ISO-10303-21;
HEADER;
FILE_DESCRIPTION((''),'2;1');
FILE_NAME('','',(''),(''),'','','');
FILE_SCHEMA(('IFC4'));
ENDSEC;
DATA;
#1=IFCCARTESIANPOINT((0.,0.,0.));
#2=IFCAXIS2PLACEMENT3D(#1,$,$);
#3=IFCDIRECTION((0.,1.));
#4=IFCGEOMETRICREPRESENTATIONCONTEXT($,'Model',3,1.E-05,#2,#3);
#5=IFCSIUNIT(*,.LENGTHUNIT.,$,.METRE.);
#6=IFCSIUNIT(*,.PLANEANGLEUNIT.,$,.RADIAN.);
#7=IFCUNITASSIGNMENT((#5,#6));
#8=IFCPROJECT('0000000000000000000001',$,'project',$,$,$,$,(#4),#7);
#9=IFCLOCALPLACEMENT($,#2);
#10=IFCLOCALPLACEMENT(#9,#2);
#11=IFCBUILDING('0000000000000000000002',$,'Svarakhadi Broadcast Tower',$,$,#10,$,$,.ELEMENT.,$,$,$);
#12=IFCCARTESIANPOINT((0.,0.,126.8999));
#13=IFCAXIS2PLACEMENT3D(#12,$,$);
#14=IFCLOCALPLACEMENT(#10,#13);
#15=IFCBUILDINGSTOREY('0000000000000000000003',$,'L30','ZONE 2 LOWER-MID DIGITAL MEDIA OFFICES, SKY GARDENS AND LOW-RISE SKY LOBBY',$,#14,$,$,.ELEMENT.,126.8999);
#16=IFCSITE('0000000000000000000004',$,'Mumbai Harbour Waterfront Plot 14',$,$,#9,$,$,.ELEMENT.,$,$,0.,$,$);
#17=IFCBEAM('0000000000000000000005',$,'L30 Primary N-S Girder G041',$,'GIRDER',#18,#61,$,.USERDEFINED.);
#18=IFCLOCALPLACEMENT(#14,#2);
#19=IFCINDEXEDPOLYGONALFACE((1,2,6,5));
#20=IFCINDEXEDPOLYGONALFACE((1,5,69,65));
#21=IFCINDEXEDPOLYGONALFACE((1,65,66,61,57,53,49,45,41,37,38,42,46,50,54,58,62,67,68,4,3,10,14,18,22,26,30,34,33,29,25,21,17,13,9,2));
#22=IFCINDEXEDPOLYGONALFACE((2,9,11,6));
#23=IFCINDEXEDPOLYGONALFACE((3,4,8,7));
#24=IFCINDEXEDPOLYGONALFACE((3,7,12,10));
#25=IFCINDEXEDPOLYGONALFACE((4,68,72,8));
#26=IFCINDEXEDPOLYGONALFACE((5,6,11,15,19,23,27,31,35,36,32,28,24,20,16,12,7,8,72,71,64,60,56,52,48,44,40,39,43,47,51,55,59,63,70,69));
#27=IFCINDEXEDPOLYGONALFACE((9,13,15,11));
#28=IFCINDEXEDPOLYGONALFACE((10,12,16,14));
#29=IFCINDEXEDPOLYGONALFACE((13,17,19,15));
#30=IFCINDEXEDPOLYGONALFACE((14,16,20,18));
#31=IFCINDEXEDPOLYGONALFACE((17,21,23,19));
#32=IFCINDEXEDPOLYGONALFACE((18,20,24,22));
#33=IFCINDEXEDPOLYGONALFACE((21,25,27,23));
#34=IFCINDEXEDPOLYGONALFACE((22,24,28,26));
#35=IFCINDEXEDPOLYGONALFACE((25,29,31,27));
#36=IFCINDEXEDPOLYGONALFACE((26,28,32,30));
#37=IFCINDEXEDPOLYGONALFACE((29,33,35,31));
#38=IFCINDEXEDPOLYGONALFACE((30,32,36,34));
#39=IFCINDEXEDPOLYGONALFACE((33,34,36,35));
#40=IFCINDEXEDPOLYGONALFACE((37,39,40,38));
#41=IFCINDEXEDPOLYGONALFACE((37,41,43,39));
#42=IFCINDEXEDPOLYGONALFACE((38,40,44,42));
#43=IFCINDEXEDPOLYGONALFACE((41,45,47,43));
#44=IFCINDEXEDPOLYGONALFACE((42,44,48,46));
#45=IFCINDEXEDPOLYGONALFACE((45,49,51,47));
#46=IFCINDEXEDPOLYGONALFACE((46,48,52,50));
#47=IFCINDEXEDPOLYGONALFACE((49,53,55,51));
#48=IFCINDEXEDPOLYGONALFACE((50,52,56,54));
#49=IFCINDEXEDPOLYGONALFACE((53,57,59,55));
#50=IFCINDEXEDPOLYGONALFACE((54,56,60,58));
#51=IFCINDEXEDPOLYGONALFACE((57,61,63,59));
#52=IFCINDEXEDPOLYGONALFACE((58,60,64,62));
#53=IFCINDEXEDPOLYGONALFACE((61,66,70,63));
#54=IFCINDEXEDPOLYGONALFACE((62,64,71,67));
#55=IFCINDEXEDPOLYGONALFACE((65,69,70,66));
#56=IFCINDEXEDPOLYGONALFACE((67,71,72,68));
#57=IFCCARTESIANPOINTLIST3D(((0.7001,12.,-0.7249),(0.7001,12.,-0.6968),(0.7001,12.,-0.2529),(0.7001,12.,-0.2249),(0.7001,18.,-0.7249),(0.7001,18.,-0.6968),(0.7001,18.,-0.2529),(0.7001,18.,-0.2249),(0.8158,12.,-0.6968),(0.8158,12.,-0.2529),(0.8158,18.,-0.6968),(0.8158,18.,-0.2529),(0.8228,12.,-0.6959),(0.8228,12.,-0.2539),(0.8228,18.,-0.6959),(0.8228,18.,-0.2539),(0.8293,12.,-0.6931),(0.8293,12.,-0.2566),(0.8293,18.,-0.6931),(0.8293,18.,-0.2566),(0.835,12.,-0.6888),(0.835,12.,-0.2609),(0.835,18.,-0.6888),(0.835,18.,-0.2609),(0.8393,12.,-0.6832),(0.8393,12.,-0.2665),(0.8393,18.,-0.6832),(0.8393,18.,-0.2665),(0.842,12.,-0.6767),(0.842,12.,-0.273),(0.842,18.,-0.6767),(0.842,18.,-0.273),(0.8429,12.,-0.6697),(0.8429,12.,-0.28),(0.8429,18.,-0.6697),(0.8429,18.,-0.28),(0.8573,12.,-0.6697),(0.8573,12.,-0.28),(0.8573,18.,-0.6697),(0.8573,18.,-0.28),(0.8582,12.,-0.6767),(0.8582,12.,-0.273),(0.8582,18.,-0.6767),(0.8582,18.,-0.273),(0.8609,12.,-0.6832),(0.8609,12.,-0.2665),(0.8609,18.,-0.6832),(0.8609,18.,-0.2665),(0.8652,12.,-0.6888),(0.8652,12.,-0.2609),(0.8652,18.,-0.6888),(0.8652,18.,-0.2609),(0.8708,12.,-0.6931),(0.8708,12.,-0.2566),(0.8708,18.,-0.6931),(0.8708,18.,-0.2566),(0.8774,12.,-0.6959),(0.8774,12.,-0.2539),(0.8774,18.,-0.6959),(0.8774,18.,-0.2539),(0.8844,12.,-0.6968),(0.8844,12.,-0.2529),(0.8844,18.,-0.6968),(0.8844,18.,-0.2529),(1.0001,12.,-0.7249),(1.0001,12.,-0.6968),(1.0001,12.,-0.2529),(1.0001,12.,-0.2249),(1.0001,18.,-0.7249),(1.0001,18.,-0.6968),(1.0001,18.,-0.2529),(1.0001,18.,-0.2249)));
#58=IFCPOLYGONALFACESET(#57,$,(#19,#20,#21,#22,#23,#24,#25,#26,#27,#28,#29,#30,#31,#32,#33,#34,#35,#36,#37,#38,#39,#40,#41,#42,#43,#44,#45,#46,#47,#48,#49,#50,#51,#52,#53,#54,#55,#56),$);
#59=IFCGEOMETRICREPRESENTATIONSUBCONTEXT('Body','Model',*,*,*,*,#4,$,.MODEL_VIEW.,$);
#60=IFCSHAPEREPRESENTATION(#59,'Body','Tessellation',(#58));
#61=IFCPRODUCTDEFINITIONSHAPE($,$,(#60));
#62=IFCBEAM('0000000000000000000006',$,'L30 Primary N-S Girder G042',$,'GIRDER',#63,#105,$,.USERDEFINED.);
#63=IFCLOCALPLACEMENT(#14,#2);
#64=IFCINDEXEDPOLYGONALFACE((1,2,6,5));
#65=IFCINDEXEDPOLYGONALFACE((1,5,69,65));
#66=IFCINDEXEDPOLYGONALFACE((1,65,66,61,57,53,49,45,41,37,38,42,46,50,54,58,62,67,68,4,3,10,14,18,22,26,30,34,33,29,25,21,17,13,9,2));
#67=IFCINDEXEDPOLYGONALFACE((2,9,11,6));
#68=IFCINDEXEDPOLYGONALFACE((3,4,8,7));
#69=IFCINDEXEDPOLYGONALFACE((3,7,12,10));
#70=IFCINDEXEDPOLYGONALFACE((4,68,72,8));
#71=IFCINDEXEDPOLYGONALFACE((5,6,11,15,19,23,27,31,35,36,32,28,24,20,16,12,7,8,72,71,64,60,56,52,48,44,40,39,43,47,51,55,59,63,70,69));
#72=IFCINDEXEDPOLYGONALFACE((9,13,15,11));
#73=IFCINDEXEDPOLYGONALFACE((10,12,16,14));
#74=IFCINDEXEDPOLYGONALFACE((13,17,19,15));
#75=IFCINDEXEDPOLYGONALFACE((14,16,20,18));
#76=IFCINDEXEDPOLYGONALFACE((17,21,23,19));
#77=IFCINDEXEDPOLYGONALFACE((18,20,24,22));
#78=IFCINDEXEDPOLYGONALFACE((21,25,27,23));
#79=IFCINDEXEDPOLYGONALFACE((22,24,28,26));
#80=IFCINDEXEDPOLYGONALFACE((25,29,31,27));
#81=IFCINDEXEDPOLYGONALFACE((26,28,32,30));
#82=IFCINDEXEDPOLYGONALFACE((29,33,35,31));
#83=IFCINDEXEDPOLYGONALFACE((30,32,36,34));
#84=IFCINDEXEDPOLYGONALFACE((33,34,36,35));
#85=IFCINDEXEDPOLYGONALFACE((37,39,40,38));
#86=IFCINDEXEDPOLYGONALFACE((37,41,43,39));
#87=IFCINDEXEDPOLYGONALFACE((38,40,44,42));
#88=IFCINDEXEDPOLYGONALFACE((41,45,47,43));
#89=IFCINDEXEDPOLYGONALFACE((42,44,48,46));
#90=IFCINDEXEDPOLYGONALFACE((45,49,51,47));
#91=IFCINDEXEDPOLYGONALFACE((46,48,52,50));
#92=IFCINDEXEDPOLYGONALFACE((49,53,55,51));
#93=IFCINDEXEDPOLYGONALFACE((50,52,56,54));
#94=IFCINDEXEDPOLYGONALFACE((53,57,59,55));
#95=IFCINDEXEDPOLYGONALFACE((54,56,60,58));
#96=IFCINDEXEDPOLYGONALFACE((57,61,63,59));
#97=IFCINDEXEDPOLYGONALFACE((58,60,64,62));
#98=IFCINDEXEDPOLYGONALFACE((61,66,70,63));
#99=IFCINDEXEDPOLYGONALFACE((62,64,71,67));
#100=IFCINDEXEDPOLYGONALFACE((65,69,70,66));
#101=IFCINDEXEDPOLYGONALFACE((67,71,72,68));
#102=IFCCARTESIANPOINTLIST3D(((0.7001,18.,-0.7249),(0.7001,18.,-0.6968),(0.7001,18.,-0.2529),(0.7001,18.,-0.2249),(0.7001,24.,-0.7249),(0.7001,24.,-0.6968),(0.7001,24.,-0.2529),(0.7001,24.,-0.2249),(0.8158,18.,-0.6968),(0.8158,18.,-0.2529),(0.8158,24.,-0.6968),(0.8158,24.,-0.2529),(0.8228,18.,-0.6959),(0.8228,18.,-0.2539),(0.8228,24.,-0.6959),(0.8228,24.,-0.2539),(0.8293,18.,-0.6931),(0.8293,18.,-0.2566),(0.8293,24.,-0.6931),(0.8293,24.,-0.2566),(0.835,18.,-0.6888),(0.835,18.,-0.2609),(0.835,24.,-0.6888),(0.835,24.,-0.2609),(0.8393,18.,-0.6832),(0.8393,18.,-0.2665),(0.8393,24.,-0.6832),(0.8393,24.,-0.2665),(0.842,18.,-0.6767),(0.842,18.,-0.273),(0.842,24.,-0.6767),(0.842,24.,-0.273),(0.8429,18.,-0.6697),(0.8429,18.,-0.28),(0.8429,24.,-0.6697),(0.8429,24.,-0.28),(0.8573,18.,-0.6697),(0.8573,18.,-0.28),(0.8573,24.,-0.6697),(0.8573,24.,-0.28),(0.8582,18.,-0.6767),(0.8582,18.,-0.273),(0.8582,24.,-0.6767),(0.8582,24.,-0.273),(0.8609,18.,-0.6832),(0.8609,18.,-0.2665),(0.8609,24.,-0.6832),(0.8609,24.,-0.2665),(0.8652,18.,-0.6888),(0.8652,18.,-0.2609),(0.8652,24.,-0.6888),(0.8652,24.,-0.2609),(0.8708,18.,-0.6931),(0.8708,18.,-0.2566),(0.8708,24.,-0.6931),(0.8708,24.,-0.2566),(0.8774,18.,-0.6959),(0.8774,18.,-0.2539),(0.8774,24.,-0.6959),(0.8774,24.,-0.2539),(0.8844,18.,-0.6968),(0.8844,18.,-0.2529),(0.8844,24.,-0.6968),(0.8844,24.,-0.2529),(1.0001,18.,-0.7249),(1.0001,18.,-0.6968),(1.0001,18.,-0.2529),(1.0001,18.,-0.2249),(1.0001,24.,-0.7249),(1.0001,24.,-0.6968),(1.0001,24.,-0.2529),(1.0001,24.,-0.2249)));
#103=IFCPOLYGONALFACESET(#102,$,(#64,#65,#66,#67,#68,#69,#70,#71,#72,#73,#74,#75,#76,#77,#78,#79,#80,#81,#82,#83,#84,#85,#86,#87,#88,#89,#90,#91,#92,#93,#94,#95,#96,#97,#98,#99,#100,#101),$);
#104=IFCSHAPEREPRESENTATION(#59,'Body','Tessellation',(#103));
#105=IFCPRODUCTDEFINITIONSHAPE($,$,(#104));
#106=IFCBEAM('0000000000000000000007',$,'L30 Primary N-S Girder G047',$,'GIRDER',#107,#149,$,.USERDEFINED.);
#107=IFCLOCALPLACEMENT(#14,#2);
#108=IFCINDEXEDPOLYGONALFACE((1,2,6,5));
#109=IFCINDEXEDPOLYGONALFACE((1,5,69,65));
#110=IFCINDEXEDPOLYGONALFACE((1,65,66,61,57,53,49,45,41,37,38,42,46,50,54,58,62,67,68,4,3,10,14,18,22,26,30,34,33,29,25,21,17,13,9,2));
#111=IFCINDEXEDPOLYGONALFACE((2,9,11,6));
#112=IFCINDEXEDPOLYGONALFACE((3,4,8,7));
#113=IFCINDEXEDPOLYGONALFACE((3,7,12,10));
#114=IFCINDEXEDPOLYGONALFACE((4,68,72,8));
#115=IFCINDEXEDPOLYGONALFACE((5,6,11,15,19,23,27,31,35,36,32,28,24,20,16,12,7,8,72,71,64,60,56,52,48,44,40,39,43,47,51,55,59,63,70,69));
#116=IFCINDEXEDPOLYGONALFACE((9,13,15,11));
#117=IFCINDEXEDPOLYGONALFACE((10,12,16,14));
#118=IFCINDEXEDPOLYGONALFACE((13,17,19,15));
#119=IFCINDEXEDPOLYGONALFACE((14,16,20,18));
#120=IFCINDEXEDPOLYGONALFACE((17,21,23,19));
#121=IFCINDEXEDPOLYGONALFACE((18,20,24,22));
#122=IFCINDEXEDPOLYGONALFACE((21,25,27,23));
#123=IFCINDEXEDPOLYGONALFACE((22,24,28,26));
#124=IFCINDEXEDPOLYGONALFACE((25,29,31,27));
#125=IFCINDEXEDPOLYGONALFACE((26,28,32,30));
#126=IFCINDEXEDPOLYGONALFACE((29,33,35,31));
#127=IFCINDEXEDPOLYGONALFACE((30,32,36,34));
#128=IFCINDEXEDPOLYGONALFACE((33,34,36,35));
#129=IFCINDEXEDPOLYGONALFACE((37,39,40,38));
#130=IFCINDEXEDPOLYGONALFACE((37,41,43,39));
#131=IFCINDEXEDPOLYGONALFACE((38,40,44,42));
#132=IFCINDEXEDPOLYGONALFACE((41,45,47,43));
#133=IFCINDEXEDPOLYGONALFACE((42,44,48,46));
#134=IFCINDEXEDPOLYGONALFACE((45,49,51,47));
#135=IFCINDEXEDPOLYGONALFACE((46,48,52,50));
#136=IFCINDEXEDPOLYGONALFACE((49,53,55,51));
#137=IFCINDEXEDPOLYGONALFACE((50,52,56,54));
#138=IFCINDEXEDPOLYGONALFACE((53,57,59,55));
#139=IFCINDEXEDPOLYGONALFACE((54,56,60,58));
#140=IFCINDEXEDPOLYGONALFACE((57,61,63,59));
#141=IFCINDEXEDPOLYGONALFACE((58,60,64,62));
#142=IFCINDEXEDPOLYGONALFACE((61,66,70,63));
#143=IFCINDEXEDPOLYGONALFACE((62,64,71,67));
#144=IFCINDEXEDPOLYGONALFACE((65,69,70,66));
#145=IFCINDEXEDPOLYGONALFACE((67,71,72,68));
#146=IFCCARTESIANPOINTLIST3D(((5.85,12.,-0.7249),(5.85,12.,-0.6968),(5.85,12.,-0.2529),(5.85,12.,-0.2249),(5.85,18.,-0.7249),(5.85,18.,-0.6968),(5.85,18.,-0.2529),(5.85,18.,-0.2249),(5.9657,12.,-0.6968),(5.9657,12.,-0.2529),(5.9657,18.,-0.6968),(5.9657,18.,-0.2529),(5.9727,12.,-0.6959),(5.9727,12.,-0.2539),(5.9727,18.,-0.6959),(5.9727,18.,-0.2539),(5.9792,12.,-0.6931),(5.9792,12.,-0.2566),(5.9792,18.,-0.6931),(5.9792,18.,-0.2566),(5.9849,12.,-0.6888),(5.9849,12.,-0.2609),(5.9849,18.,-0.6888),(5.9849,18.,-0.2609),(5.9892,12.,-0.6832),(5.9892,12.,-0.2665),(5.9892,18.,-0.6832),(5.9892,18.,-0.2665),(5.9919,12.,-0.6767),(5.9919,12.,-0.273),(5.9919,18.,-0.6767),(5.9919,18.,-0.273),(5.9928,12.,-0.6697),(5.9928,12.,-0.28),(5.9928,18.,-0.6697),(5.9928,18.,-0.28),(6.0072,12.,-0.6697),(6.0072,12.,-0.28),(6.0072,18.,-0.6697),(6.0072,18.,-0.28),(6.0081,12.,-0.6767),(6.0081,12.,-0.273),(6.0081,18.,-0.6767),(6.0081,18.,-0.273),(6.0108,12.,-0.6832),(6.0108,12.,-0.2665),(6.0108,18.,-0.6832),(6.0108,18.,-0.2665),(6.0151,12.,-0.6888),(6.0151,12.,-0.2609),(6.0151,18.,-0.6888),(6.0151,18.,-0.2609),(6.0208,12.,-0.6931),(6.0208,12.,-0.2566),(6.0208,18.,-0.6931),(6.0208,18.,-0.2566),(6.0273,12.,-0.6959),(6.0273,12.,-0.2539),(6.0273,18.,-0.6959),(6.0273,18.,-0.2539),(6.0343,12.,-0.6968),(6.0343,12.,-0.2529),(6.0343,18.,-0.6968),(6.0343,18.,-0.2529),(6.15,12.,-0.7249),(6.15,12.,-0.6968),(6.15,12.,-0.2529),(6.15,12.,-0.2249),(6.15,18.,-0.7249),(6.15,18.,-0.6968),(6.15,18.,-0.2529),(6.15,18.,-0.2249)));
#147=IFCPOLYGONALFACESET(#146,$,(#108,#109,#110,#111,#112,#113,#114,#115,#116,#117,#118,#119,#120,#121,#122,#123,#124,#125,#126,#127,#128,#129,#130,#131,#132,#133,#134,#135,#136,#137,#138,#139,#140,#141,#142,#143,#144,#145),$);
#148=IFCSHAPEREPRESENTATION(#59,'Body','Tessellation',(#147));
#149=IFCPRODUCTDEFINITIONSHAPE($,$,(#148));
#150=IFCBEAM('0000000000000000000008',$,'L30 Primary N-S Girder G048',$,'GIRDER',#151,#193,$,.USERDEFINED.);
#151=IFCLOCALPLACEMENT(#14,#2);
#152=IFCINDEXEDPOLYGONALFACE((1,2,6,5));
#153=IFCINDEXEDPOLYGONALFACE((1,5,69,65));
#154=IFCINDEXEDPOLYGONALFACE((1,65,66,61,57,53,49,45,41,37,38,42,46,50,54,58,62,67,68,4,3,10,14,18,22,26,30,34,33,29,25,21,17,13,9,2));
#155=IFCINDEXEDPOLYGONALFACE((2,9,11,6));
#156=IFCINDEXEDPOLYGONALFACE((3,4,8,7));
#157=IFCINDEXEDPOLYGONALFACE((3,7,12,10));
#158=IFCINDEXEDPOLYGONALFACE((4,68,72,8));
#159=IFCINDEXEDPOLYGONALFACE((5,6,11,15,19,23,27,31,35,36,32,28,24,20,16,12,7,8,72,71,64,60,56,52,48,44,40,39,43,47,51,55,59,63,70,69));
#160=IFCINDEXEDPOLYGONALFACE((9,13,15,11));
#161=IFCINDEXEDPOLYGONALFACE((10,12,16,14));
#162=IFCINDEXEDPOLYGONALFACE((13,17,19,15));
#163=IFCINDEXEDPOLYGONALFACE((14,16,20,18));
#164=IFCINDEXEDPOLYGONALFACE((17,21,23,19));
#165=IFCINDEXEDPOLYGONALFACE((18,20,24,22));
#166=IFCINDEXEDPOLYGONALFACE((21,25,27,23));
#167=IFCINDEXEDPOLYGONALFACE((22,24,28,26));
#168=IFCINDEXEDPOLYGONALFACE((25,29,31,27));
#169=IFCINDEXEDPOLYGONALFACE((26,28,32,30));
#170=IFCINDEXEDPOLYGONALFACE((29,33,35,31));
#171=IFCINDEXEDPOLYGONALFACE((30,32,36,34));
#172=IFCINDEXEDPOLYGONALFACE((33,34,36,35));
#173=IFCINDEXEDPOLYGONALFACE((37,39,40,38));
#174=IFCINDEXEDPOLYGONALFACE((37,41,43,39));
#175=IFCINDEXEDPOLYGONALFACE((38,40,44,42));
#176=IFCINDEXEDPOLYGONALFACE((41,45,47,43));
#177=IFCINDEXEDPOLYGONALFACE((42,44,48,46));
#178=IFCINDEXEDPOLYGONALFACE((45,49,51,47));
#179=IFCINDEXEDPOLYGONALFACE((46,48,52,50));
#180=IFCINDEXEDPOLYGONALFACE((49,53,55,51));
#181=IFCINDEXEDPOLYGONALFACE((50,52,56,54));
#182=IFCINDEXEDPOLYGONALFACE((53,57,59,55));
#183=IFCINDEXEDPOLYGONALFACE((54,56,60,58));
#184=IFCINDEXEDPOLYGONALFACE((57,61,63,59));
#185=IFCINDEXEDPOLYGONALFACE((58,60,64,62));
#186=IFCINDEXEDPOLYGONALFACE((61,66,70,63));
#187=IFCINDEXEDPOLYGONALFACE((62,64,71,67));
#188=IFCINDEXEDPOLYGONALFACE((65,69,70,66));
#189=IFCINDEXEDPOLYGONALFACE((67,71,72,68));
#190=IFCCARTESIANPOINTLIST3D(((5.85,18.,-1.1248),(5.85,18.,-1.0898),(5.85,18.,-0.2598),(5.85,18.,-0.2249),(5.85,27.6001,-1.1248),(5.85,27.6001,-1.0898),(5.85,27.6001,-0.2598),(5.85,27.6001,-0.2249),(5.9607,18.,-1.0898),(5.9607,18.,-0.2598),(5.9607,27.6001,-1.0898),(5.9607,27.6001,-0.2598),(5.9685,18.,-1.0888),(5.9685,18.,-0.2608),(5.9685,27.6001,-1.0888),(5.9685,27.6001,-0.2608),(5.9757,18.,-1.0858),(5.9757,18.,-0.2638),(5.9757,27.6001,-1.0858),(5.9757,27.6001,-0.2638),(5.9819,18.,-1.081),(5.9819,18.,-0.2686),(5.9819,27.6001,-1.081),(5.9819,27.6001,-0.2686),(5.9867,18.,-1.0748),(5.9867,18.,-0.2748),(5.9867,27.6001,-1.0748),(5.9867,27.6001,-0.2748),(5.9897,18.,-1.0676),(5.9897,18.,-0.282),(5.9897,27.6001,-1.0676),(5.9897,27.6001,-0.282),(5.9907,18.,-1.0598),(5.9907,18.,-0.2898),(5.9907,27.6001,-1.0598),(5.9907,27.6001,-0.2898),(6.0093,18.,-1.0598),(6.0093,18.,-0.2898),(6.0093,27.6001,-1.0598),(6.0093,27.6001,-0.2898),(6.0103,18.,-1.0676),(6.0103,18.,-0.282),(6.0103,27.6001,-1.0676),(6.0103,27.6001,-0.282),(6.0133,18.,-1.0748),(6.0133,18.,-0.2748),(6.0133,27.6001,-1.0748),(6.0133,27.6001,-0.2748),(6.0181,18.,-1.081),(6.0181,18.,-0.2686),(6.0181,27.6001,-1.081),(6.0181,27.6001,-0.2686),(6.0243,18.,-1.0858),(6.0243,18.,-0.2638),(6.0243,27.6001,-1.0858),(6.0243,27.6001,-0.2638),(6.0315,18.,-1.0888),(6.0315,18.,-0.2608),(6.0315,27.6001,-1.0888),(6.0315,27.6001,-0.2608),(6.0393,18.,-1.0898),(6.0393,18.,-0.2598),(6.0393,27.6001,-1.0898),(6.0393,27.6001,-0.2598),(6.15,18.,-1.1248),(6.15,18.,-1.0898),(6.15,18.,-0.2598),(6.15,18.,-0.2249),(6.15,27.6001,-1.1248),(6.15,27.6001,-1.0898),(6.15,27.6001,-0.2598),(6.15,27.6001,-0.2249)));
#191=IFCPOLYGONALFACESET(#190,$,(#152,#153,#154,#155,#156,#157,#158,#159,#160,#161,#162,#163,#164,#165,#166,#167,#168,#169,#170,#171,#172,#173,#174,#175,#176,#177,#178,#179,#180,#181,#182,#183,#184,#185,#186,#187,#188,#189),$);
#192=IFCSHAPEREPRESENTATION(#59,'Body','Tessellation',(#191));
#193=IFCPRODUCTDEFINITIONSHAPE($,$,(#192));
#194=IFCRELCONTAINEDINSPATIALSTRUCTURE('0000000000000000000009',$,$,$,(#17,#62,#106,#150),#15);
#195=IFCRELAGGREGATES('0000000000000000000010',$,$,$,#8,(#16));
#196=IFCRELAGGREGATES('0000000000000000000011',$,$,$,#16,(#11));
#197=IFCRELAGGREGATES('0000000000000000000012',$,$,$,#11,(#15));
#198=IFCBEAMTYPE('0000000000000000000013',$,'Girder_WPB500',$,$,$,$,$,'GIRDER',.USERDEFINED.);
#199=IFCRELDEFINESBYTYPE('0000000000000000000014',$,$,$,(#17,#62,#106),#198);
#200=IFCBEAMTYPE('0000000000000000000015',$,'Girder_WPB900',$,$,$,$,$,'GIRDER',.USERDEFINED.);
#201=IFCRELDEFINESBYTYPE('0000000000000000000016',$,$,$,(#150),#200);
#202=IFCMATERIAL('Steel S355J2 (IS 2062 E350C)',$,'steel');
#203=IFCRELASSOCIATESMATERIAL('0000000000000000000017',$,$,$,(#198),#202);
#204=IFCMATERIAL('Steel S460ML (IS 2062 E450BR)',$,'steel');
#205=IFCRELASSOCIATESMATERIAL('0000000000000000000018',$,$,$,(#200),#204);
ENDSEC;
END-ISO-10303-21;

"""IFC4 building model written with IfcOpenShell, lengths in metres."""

from ifc_helpers import new_model, si_unit, direction, frame, origin, origin_2d, place, context, subcontext, project, spatial, i_section, extrude, material, material_profile, profile_set, type_object, element, save


model = new_model("IFC4")

# Units and contexts
model_context = context("Model", 3, precision=1e-05, world=origin(), true_north=direction((0.0, 1.0)))
body_context = subcontext(model_context, "Body", "Model", "MODEL_VIEW")
ifc_project = project(units=[si_unit("LENGTHUNIT", "METRE"), si_unit("PLANEANGLEUNIT", "RADIAN")], contexts=[model_context])

# Site, building, storey
site_placement = place(None, origin())
site = spatial("IfcSite", under=ifc_project, at=site_placement, Name="Mumbai Harbour Waterfront Plot 14", CompositionType="ELEMENT", RefElevation=0.0)
building_placement = place(site_placement, origin())
building = spatial("IfcBuilding", under=site, at=building_placement, Name="Svarakhadi Broadcast Tower", CompositionType="ELEMENT")
storey_placement = place(building_placement, frame((0.0, 0.0, 126.8999)))
storey = spatial("IfcBuildingStorey", under=building, at=storey_placement, Name="L30", Description="ZONE 2 LOWER-MID DIGITAL MEDIA OFFICES, SKY GARDENS AND LOW-RISE SKY LOBBY", CompositionType="ELEMENT", Elevation=126.8999)

# Shared definitions
ifc_material_1 = material(Name="Steel S460ML (IS 2062 E450BR)", Category="steel")

# Shared definitions
ifc_material_2 = material(Name="Steel S355J2 (IS 2062 E350C)", Category="steel")

# Beams
ifc_material_profile_1 = material_profile(ifc_material_2, i_section(OverallWidth=0.3, OverallDepth=0.5, WebThickness=0.0144, FlangeThickness=0.0281, FilletRadius=0.0271, at=origin_2d()), Name="WPB 500x300x187")
ifc_profile_set_1 = profile_set([ifc_material_profile_1], Name="Steel S355J2 (IS 2062 E350C)")
beam_type_1 = type_object("IfcBeamType", Name="Girder_WPB500", ElementType="GIRDER", PredefinedType="USERDEFINED", material=ifc_profile_set_1)
for number, where, z_axis, x_axis, name in (
    (1, (0.8501, 12.0, -0.4749), (0.0, 1.0, 0.0), (-1.0, 0.0, 0.0), "L30 Primary N-S Girder G041"),
    (2, (0.8501, 18.0, -0.4749), (0.0, 1.0, 0.0), (-1.0, 0.0, 0.0), "L30 Primary N-S Girder G042"),
    (3, (6.0, 12.0, -0.4749), (0.0, 1.0, 0.0), (-1.0, 0.0, 0.0), "L30 Primary N-S Girder G047"),
):
    element("IfcBeam", number, at=place(storey_placement, frame(where, z_axis=z_axis, x_axis=x_axis)), inside=storey, type_object=beam_type_1, Name=name, ObjectType="GIRDER", PredefinedType="USERDEFINED", context=body_context, shape_type="SweptSolid", body=[
        extrude(i_section(OverallWidth=0.3, OverallDepth=0.5, WebThickness=0.0144, FlangeThickness=0.0281, FilletRadius=0.0271, at=origin_2d()), origin(), (0.0, 0.0, 1.0), 6.0),
    ])
ifc_material_profile_2 = material_profile(ifc_material_1, i_section(OverallWidth=0.3, OverallDepth=0.8999, WebThickness=0.0186, FlangeThickness=0.0349, FilletRadius=0.03, at=origin_2d()), Name="WPB 900x300x291")
ifc_profile_set_2 = profile_set([ifc_material_profile_2], Name="Steel S460ML (IS 2062 E450BR)")
beam_type_2 = type_object("IfcBeamType", Name="Girder_WPB900", ElementType="GIRDER", PredefinedType="USERDEFINED", material=ifc_profile_set_2)
beam_1_placement = place(storey_placement, frame((6.0, 18.0, -0.6748), z_axis=(0.0, 1.0, 0.0), x_axis=(-1.0, 0.0, 0.0)))
element("IfcBeam", 4, at=beam_1_placement, inside=storey, type_object=beam_type_2, Name="L30 Primary N-S Girder G048", ObjectType="GIRDER", PredefinedType="USERDEFINED", context=body_context, shape_type="SweptSolid", body=[
    extrude(i_section(OverallWidth=0.3, OverallDepth=0.8999, WebThickness=0.0186, FlangeThickness=0.0349, FilletRadius=0.03, at=origin_2d()), origin(), (0.0, 0.0, 1.0), 9.6001),
])

save(model, "model.ifc")
